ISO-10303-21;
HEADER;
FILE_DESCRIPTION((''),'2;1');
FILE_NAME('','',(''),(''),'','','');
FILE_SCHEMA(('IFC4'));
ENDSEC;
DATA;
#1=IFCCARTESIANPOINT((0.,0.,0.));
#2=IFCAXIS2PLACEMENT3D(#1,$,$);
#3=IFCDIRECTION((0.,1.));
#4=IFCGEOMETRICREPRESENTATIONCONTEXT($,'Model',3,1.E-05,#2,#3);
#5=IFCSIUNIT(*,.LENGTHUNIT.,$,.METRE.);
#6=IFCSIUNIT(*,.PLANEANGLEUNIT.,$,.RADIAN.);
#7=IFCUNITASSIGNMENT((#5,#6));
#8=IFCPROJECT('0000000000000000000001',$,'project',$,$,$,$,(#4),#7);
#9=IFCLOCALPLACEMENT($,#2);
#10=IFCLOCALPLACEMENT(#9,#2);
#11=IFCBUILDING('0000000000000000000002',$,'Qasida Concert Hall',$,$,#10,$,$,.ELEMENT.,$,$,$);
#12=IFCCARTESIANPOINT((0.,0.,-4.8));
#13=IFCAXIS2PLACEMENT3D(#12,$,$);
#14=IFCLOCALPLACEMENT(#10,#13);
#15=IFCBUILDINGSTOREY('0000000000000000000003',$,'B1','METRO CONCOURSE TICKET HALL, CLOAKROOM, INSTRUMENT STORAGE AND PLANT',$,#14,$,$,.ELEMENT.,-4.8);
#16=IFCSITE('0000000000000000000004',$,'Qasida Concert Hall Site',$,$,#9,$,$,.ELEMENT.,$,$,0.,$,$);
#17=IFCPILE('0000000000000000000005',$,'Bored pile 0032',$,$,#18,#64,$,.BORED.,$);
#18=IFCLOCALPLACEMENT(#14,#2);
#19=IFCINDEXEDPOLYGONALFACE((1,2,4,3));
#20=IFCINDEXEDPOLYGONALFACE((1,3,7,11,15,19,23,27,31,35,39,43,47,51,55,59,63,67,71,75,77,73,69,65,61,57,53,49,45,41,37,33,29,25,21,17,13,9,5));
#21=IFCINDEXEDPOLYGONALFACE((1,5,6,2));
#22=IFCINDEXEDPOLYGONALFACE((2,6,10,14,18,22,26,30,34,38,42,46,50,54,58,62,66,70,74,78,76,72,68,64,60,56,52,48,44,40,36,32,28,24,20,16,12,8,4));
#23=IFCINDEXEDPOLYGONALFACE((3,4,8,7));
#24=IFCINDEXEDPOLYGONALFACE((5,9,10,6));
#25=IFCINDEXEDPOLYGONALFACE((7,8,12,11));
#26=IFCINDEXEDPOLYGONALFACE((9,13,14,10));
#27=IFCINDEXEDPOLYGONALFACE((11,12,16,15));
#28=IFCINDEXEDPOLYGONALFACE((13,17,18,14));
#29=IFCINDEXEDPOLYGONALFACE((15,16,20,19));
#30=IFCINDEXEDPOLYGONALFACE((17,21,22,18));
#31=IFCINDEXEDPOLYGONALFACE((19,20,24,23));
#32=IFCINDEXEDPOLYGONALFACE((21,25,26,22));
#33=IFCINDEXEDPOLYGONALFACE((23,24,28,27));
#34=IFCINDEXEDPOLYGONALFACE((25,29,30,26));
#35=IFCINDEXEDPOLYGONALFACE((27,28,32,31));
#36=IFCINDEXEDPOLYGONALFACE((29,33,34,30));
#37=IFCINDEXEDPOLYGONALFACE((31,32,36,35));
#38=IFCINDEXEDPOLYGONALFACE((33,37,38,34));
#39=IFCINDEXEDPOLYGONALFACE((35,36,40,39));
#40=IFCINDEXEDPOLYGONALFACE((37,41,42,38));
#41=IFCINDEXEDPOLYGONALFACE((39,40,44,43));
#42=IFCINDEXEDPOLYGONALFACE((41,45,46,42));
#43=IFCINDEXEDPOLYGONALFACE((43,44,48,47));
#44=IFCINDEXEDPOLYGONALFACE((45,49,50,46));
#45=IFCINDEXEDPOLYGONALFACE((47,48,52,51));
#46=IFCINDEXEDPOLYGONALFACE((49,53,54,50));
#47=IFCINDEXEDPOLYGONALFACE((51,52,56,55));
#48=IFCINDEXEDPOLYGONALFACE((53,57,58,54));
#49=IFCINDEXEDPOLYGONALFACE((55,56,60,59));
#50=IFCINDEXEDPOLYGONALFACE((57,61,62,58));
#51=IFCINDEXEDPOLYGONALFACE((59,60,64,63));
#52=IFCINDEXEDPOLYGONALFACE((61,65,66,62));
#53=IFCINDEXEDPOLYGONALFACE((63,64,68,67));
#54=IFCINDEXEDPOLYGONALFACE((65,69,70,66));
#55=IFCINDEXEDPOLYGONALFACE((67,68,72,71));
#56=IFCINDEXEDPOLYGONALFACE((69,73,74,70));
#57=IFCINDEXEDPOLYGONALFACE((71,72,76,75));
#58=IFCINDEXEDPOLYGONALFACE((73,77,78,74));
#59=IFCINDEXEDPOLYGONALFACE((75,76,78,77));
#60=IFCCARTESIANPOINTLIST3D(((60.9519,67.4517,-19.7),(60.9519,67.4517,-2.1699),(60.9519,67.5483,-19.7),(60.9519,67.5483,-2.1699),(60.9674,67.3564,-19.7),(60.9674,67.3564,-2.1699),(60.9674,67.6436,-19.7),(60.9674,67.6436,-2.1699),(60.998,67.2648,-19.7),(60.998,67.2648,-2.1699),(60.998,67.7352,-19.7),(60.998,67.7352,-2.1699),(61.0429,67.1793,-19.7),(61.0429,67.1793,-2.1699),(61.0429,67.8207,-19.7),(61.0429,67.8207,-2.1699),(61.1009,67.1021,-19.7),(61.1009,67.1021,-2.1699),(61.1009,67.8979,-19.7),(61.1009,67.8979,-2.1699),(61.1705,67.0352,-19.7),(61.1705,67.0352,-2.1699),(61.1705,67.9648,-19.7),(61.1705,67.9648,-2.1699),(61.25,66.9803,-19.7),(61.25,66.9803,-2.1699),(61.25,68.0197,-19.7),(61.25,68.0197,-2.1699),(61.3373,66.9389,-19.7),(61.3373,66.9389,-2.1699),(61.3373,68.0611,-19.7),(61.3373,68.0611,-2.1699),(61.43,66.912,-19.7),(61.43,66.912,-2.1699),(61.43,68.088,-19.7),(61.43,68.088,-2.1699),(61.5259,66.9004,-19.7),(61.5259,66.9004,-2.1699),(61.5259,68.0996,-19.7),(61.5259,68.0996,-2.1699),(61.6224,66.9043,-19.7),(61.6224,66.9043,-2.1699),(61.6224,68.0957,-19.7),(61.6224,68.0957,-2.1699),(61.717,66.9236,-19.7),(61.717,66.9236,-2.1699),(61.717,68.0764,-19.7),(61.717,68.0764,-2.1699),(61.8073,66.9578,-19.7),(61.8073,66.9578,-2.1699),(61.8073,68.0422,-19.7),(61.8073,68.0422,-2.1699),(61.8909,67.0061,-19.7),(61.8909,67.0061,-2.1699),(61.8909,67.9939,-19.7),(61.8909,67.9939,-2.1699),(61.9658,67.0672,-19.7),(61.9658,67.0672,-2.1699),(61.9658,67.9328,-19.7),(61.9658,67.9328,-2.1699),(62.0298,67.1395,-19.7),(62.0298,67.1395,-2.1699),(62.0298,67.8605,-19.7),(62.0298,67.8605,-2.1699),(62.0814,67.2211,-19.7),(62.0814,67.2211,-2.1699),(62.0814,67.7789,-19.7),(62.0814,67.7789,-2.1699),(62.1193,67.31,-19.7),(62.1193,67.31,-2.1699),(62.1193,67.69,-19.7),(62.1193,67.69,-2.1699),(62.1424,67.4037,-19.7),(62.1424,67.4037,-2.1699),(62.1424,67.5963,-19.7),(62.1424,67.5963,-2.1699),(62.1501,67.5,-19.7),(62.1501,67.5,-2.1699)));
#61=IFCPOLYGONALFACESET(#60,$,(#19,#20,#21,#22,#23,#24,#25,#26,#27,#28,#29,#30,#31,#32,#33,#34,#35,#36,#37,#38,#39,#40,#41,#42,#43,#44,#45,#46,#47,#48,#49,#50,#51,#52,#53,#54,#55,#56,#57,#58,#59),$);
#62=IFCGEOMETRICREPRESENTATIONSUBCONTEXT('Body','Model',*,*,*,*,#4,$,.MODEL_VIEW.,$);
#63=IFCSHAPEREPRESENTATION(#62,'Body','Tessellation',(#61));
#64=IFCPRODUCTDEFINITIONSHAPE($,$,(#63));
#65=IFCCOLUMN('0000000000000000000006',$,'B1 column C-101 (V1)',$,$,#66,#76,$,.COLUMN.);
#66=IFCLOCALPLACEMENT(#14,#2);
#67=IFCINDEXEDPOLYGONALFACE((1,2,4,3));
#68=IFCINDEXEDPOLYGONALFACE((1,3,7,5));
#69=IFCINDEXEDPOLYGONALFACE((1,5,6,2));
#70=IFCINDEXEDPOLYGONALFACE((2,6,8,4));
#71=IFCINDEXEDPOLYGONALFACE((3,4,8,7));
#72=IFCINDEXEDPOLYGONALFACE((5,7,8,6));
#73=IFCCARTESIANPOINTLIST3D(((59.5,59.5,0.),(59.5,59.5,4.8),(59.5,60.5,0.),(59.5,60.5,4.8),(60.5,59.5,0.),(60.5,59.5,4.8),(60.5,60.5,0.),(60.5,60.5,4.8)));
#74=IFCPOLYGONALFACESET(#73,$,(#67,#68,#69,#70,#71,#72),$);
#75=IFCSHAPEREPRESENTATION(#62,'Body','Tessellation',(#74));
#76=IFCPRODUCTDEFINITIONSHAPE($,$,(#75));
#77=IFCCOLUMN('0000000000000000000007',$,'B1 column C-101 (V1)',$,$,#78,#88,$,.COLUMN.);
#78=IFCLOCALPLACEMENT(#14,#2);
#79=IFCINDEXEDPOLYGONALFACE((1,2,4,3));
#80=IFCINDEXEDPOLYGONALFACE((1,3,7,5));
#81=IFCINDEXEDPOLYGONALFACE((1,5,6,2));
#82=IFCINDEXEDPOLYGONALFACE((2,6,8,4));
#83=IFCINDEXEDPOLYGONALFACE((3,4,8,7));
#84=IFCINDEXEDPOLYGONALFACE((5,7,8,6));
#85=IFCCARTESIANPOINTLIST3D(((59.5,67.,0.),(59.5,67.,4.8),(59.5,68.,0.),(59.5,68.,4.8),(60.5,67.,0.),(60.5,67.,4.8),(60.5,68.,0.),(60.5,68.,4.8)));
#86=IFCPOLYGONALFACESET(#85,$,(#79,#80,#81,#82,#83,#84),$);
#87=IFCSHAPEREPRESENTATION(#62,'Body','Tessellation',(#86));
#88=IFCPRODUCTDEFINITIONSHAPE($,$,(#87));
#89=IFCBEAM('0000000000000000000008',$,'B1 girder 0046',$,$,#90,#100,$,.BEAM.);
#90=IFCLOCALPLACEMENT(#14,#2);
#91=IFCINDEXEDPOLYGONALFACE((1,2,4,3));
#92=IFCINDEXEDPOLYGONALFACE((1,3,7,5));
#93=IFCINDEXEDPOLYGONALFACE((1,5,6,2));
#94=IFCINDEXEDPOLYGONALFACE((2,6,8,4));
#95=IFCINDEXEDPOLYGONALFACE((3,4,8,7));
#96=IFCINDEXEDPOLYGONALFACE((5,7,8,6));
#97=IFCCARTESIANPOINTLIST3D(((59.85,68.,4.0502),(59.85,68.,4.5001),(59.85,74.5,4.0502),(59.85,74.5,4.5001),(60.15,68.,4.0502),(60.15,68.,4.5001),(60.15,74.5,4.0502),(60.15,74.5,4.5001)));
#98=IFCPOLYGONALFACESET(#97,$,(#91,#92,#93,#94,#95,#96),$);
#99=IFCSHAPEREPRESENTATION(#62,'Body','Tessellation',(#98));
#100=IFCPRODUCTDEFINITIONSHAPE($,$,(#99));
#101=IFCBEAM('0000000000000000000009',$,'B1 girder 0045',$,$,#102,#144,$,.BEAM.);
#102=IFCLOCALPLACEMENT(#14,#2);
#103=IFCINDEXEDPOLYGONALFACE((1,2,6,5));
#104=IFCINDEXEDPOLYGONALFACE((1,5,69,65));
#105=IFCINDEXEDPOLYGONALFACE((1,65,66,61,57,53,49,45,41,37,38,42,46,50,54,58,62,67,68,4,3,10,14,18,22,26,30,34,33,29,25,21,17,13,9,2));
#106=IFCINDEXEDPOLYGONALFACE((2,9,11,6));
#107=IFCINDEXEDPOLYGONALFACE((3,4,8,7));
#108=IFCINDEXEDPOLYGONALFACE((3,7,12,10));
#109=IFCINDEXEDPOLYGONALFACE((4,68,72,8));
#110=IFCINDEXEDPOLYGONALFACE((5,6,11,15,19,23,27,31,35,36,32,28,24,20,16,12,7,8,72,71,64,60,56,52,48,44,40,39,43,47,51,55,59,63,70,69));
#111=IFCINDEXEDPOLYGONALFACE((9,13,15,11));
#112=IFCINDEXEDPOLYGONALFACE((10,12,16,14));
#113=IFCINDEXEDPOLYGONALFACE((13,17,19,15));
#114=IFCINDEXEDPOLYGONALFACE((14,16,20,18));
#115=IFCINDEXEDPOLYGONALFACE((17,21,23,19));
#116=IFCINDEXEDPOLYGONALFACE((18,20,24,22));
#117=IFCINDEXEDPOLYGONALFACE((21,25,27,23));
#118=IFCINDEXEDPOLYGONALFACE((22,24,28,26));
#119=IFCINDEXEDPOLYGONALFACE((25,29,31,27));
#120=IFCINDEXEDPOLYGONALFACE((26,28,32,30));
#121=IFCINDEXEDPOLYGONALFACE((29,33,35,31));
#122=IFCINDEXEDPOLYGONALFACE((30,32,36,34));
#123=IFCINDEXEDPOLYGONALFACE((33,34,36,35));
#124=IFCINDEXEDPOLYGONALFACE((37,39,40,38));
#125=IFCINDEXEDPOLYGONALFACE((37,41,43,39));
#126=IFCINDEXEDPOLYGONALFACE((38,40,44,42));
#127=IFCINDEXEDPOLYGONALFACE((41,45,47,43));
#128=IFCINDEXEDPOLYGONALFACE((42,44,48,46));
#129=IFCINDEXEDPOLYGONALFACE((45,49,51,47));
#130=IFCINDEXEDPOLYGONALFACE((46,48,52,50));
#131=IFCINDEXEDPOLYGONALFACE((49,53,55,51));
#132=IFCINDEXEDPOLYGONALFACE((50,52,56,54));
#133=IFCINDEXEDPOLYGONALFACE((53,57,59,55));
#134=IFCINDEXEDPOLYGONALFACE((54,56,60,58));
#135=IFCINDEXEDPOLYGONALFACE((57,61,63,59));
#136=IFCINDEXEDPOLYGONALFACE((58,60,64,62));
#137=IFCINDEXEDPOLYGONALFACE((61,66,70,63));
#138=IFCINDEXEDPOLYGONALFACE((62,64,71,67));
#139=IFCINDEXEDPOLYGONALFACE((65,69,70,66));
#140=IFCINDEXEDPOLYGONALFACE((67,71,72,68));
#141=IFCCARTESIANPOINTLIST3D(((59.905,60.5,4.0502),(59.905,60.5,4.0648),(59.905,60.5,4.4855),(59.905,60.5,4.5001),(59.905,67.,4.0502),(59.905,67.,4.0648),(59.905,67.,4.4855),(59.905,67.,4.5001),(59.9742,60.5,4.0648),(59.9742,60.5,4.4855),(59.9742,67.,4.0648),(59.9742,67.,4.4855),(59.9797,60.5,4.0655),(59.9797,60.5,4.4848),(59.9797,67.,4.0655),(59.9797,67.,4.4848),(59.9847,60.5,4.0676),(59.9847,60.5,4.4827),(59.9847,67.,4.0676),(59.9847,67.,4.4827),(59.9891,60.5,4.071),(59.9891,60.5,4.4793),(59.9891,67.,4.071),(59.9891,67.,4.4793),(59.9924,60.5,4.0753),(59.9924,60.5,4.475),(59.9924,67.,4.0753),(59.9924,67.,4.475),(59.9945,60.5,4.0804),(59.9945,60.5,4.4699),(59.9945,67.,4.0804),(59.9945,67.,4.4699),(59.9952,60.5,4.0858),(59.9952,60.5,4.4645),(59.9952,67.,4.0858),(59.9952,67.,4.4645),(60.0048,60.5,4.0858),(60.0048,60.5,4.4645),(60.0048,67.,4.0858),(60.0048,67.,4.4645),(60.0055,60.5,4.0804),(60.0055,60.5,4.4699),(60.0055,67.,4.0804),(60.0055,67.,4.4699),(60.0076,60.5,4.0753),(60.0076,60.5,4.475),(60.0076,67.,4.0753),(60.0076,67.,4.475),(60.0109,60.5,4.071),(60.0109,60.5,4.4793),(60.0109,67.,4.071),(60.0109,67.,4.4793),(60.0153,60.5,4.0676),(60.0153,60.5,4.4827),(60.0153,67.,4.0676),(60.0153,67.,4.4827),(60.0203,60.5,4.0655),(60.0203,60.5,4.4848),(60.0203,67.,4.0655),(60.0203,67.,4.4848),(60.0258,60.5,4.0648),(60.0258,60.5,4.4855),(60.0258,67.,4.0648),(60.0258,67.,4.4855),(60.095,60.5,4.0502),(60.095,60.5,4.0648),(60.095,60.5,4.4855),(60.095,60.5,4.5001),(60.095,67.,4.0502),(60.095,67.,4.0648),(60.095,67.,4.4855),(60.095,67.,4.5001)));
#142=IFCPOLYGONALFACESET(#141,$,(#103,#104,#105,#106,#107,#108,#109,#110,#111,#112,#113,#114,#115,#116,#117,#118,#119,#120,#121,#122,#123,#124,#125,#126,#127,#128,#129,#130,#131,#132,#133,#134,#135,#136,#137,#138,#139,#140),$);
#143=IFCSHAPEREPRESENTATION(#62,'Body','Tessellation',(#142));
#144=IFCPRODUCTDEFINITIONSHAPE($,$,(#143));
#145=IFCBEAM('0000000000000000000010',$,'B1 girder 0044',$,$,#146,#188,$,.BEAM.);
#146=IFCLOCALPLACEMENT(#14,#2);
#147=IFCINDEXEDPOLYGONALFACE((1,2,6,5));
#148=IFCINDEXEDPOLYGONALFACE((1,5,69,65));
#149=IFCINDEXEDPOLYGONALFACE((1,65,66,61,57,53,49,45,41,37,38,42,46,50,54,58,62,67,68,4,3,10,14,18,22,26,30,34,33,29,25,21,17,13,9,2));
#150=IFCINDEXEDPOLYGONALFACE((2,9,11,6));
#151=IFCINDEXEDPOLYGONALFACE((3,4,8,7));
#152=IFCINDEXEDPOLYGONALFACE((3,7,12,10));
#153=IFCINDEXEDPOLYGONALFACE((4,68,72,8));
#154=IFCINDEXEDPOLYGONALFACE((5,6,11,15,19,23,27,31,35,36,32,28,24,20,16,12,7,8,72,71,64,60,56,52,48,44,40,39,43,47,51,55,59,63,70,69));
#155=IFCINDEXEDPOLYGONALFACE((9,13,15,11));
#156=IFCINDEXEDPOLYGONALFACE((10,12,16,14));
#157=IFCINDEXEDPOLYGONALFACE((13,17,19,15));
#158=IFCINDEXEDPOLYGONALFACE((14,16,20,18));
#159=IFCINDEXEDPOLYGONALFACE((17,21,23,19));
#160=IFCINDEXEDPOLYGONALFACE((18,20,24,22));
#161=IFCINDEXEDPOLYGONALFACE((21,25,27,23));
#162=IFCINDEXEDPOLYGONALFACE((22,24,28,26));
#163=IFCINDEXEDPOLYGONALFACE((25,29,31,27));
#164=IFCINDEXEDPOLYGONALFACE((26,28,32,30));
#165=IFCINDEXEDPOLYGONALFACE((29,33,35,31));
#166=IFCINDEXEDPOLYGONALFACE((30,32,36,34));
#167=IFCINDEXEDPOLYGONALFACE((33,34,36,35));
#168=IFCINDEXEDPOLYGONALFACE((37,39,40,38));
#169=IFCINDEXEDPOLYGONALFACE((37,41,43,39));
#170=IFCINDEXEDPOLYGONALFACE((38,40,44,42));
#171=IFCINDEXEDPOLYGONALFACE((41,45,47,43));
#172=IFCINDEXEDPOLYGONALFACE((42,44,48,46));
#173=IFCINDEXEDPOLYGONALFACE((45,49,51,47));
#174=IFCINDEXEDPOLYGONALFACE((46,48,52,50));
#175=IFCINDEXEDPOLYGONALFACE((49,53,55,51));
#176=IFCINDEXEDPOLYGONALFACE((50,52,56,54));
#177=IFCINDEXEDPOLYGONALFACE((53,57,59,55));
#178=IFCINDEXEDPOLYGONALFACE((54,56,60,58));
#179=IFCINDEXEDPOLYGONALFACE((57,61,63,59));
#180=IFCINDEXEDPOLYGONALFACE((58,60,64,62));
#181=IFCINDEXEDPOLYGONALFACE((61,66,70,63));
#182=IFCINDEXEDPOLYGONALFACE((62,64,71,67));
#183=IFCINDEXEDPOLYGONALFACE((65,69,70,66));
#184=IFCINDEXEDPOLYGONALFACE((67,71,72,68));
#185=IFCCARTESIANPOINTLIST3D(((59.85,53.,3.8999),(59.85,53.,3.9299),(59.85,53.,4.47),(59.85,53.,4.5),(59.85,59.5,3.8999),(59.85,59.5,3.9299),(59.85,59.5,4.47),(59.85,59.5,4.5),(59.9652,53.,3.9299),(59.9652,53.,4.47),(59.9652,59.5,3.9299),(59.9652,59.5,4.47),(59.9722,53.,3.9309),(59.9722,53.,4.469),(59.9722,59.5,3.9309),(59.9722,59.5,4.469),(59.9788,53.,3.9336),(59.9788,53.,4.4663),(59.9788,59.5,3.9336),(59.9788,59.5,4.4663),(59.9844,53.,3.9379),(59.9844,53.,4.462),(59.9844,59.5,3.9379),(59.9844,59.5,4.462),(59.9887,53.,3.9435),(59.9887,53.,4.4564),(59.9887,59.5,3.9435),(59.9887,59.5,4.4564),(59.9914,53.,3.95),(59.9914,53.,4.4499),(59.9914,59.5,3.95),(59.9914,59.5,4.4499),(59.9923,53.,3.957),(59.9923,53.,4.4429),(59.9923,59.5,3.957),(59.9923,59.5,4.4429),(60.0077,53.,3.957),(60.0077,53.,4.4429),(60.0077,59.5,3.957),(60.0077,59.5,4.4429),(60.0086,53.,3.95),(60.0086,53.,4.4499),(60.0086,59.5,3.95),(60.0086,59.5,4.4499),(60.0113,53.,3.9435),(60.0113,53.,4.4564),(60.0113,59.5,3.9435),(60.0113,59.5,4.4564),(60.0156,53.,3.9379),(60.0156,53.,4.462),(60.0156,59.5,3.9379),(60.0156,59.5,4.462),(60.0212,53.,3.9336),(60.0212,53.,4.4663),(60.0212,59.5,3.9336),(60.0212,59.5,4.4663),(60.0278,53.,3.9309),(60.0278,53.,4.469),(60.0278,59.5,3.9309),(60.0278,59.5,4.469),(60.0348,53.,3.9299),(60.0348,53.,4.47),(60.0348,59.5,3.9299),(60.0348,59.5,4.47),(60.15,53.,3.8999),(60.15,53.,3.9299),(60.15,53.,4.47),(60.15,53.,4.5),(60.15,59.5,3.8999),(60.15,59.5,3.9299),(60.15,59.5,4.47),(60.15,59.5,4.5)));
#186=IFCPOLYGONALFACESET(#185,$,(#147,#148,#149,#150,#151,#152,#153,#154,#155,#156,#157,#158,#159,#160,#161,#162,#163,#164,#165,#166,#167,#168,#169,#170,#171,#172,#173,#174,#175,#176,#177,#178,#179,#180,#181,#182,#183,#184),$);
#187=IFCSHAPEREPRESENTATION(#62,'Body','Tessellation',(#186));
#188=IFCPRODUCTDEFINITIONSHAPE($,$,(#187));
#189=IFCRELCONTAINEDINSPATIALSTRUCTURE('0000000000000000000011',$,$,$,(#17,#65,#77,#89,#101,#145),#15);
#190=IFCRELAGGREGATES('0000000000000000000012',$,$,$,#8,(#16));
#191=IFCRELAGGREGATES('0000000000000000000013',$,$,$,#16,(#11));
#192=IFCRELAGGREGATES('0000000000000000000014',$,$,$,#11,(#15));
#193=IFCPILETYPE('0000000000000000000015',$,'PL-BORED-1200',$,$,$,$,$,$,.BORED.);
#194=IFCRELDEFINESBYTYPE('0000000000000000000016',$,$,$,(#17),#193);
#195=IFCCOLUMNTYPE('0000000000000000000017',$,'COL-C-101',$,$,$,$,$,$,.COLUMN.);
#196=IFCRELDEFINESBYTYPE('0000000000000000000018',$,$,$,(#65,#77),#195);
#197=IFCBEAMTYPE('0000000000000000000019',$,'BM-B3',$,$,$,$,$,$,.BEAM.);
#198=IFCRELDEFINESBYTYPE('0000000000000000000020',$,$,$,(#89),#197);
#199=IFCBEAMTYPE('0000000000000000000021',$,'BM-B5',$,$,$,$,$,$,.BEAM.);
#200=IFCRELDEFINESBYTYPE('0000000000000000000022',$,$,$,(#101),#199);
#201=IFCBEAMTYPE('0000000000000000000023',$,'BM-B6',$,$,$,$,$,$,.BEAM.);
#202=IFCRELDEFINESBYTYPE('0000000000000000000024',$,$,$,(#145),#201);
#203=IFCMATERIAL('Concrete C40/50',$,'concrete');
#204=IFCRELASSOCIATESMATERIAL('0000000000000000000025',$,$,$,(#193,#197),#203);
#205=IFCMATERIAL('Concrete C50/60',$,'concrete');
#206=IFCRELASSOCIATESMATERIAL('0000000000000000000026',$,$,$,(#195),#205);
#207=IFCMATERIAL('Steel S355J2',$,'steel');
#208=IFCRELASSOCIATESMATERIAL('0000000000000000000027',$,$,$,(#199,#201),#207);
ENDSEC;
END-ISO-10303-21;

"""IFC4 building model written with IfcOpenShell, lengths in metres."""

from ifc_helpers import new_model, si_unit, direction, frame, origin, origin_2d, place, context, subcontext, project, spatial, rectangle, circle, i_section, extrude, material, material_profile, profile_set, type_object, element, save


model = new_model("IFC4")

# Units and contexts
model_context = context("Model", 3, precision=1e-05, world=origin(), true_north=direction((0.0, 1.0)))
body_context = subcontext(model_context, "Body", "Model", "MODEL_VIEW")
ifc_project = project(units=[si_unit("LENGTHUNIT", "METRE"), si_unit("PLANEANGLEUNIT", "RADIAN")], contexts=[model_context])

# Site, building, storey
site_placement = place(None, origin())
site = spatial("IfcSite", under=ifc_project, at=site_placement, Name="Qasida Concert Hall Site", CompositionType="ELEMENT", RefElevation=0.0)
building_placement = place(site_placement, origin())
building = spatial("IfcBuilding", under=site, at=building_placement, Name="Qasida Concert Hall", CompositionType="ELEMENT")
storey_placement = place(building_placement, frame((0.0, 0.0, -4.8)))
storey = spatial("IfcBuildingStorey", under=building, at=storey_placement, Name="B1", Description="METRO CONCOURSE TICKET HALL, CLOAKROOM, INSTRUMENT STORAGE AND PLANT", CompositionType="ELEMENT", Elevation=-4.8)

# Shared definitions
ifc_material_1 = material(Name="Concrete C40/50", Category="concrete")

# Pile
ifc_material_profile_1 = material_profile(ifc_material_1, circle(Radius=0.6001, at=origin_2d()), Name="BORED PILE D1200")
ifc_profile_set_1 = profile_set([ifc_material_profile_1], Name="Concrete C40/50")
pile_type = type_object("IfcPileType", Name="PL-BORED-1200", PredefinedType="BORED", material=ifc_profile_set_1)
for number, where, z_axis, x_axis, name in (
    (1, (61.55, 67.5, -2.1699), (0.0, 0.0, -1.0), (1.0, 0.0, 0.0), "Bored pile 0032"),
):
    element("IfcPile", number, at=place(storey_placement, frame(where, z_axis=z_axis, x_axis=x_axis)), inside=storey, type_object=pile_type, Name=name, PredefinedType="BORED", context=body_context, shape_type="SweptSolid", body=[
        extrude(circle(Radius=0.6001, at=origin_2d()), origin(), (0.0, 0.0, 1.0), 17.53),
    ])

# Columns
ifc_material_2 = material(Name="Concrete C50/60", Category="concrete")
ifc_material_profile_2 = material_profile(ifc_material_2, rectangle(XDim=1.0, YDim=1.0, at=origin_2d()), Name="RC 1000x1000")
ifc_profile_set_2 = profile_set([ifc_material_profile_2], Name="Concrete C50/60")
column_type = type_object("IfcColumnType", Name="COL-C-101", PredefinedType="COLUMN", material=ifc_profile_set_2)
for number, where, z_axis, x_axis, name in (
    (2, (60.0, 60.0, 0.0), (0.0, 0.0, 1.0), (1.0, 0.0, 0.0), "B1 column C-101 (V1)"),
    (3, (60.0, 67.5, 0.0), (0.0, 0.0, 1.0), (1.0, 0.0, 0.0), "B1 column C-101 (V1)"),
):
    element("IfcColumn", number, at=place(storey_placement, frame(where, z_axis=z_axis, x_axis=x_axis)), inside=storey, type_object=column_type, Name=name, PredefinedType="COLUMN", context=body_context, shape_type="SweptSolid", body=[
        extrude(rectangle(XDim=1.0, YDim=1.0, at=origin_2d()), origin(), (0.0, 0.0, 1.0), 4.8),
    ])

# Beams
ifc_material_profile_3 = material_profile(ifc_material_1, rectangle(XDim=0.3, YDim=0.45, at=origin_2d()), Name="RC 300x450")
ifc_profile_set_3 = profile_set([ifc_material_profile_3], Name="Concrete C40/50")
beam_type_1 = type_object("IfcBeamType", Name="BM-B3", PredefinedType="BEAM", material=ifc_profile_set_3)
beam_1_placement = place(storey_placement, frame((60.0, 68.0, 4.2751), z_axis=(0.0, 1.0, 0.0), x_axis=(-1.0, 0.0, 0.0)))
element("IfcBeam", 4, at=beam_1_placement, inside=storey, type_object=beam_type_1, Name="B1 girder 0046", PredefinedType="BEAM", context=body_context, shape_type="SweptSolid", body=[
    extrude(rectangle(XDim=0.3, YDim=0.45, at=origin_2d()), origin(), (0.0, 0.0, 1.0), 6.5),
])
ifc_material_3 = material(Name="Steel S355J2", Category="steel")
ifc_material_profile_4 = material_profile(ifc_material_3, i_section(OverallWidth=0.1899, OverallDepth=0.45, WebThickness=0.0095, FlangeThickness=0.0146, FilletRadius=0.021, at=origin_2d()), Name="IPE 450")
ifc_profile_set_4 = profile_set([ifc_material_profile_4], Name="Steel S355J2")
beam_type_2 = type_object("IfcBeamType", Name="BM-B5", PredefinedType="BEAM", material=ifc_profile_set_4)
beam_2_placement = place(storey_placement, frame((60.0, 60.5, 4.2751), z_axis=(0.0, 1.0, 0.0), x_axis=(-1.0, 0.0, 0.0)))
element("IfcBeam", 5, at=beam_2_placement, inside=storey, type_object=beam_type_2, Name="B1 girder 0045", PredefinedType="BEAM", context=body_context, shape_type="SweptSolid", body=[
    extrude(i_section(OverallWidth=0.1899, OverallDepth=0.45, WebThickness=0.0095, FlangeThickness=0.0146, FilletRadius=0.021, at=origin_2d()), origin(), (0.0, 0.0, 1.0), 6.5),
])
ifc_material_profile_5 = material_profile(ifc_material_3, i_section(OverallWidth=0.3, OverallDepth=0.6001, WebThickness=0.0154, FlangeThickness=0.03, FilletRadius=0.0271, at=origin_2d()), Name="HEB 600")
ifc_profile_set_5 = profile_set([ifc_material_profile_5], Name="Steel S355J2")
beam_type_3 = type_object("IfcBeamType", Name="BM-B6", PredefinedType="BEAM", material=ifc_profile_set_5)
beam_3_placement = place(storey_placement, frame((60.0, 53.0, 4.2), z_axis=(0.0, 1.0, 0.0), x_axis=(-1.0, 0.0, 0.0)))
element("IfcBeam", 6, at=beam_3_placement, inside=storey, type_object=beam_type_3, Name="B1 girder 0044", PredefinedType="BEAM", context=body_context, shape_type="SweptSolid", body=[
    extrude(i_section(OverallWidth=0.3, OverallDepth=0.6001, WebThickness=0.0154, FlangeThickness=0.03, FilletRadius=0.0271, at=origin_2d()), origin(), (0.0, 0.0, 1.0), 6.5),
])

save(model, "model.ifc")
